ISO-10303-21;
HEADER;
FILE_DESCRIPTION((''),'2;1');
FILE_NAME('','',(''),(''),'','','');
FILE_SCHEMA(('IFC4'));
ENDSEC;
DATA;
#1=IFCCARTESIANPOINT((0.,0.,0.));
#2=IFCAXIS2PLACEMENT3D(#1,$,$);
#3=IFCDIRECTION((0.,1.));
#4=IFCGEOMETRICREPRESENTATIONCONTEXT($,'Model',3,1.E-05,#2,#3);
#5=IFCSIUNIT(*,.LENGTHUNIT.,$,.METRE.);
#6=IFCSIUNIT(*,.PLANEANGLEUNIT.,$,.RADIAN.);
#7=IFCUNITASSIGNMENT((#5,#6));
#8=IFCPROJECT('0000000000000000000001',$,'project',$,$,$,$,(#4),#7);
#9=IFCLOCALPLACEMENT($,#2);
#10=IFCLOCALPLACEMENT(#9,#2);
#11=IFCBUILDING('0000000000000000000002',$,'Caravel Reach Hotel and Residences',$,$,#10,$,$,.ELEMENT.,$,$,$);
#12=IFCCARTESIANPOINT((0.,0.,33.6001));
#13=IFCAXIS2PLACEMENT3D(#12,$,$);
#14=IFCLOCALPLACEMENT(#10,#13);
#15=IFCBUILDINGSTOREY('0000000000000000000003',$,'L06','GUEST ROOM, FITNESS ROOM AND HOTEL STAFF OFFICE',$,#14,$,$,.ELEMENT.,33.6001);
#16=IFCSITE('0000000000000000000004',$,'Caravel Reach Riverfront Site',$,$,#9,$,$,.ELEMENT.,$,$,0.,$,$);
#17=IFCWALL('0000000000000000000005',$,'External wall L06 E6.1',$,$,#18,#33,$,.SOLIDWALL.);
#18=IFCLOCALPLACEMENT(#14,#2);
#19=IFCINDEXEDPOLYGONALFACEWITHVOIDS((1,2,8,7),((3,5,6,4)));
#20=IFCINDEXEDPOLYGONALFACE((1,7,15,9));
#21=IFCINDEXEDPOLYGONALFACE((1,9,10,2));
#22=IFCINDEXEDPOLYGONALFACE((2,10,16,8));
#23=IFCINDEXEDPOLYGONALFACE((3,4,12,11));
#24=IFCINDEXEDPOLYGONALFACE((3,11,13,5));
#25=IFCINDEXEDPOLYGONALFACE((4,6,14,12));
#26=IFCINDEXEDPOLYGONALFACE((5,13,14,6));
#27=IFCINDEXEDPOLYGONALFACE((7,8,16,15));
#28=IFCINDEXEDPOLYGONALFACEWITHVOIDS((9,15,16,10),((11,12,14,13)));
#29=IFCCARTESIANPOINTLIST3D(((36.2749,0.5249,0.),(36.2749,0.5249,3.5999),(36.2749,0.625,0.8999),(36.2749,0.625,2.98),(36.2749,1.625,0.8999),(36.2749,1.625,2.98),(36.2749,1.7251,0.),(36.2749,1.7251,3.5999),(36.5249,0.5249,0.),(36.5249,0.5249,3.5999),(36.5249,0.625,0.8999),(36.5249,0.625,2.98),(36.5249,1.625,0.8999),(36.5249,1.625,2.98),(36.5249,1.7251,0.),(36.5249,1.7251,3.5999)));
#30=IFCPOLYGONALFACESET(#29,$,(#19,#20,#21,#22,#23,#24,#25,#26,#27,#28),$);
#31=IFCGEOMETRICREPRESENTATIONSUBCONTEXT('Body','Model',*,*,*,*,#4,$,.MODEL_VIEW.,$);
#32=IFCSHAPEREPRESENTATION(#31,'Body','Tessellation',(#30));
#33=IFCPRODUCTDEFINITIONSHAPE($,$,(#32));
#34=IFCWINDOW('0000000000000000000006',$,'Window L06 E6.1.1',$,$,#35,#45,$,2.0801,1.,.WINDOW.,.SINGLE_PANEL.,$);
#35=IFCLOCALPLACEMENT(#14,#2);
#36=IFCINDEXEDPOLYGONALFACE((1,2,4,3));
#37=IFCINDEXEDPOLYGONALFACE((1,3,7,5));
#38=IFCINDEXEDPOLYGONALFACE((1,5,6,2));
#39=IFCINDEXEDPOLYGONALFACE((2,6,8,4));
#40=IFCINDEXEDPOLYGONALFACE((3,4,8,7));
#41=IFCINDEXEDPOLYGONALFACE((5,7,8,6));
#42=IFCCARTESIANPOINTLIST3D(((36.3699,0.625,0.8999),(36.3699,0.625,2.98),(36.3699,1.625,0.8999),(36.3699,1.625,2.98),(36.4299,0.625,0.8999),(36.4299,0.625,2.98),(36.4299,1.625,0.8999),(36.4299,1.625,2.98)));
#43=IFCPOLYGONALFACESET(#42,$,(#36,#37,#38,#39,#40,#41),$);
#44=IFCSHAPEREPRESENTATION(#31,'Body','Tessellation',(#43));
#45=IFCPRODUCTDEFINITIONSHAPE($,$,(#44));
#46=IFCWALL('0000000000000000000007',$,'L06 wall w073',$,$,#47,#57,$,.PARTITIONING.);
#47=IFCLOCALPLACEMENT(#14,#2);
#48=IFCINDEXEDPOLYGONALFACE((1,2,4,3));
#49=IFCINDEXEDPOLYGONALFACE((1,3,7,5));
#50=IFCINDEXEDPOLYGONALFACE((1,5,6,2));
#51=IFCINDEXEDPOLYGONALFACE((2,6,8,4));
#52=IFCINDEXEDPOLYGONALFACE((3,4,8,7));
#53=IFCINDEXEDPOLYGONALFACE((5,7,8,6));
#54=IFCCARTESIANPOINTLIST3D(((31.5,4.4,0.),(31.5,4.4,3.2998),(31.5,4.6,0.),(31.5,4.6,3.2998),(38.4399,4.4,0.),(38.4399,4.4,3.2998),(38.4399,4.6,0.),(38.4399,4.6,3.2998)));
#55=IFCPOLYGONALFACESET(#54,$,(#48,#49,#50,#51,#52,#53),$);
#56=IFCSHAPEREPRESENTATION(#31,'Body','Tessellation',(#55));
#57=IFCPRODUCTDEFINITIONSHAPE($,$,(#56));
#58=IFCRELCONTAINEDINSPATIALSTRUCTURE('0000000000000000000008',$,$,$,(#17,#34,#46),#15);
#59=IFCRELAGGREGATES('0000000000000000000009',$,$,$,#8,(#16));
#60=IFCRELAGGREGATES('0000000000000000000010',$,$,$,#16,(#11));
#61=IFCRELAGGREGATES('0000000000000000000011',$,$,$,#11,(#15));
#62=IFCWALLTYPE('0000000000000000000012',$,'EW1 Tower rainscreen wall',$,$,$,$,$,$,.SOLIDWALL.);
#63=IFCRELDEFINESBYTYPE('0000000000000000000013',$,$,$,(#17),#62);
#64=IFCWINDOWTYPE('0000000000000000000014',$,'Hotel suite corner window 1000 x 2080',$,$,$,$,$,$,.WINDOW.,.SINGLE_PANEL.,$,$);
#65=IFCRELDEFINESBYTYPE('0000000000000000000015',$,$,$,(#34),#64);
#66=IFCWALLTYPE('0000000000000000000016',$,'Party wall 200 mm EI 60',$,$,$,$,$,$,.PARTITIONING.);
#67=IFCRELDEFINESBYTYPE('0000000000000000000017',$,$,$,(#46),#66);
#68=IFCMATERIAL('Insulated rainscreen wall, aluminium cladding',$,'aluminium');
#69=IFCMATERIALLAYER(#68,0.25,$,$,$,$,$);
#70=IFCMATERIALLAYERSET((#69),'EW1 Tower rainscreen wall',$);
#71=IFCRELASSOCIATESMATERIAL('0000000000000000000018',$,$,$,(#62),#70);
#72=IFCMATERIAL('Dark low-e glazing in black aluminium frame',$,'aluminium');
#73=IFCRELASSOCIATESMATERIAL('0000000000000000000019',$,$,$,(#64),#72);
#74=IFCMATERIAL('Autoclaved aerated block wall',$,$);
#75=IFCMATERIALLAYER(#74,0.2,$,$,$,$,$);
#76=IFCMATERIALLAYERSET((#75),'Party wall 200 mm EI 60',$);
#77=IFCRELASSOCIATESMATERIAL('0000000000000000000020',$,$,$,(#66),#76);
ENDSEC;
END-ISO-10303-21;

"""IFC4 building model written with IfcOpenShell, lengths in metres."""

from ifc_helpers import new_model, si_unit, direction, frame, frame_2d, origin, place, context, subcontext, project, spatial, rectangle, extrude, material, layer, layer_set, type_object, element, fill, save


model = new_model("IFC4")

# Units and contexts
model_context = context("Model", 3, precision=1e-05, world=origin(), true_north=direction((0.0, 1.0)))
body_context = subcontext(model_context, "Body", "Model", "MODEL_VIEW")
ifc_project = project(units=[si_unit("LENGTHUNIT", "METRE"), si_unit("PLANEANGLEUNIT", "RADIAN")], contexts=[model_context])

# Site, building, storey
site_placement = place(None, origin())
site = spatial("IfcSite", under=ifc_project, at=site_placement, Name="Caravel Reach Riverfront Site", CompositionType="ELEMENT", RefElevation=0.0)
building_placement = place(site_placement, origin())
building = spatial("IfcBuilding", under=site, at=building_placement, Name="Caravel Reach Hotel and Residences", CompositionType="ELEMENT")
storey_placement = place(building_placement, frame((0.0, 0.0, 33.6001)))
storey = spatial("IfcBuildingStorey", under=building, at=storey_placement, Name="L06", Description="GUEST ROOM, FITNESS ROOM AND HOTEL STAFF OFFICE", CompositionType="ELEMENT", Elevation=33.6001)

# Shared definitions
ifc_material_1 = material(Name="Insulated rainscreen wall, aluminium cladding", Category="aluminium")
ifc_layer_1 = layer(ifc_material_1, 0.25)
ifc_layer_set_1 = layer_set([ifc_layer_1], Name="EW1 Tower rainscreen wall")
wall_type_1 = type_object("IfcWallType", Name="EW1 Tower rainscreen wall", PredefinedType="SOLIDWALL", material=ifc_layer_set_1)

# Wall, opening, window
wall_1_placement = place(storey_placement, frame((36.3999, 0.5249, 0.0), z_axis=(0.0, 0.0, 1.0), x_axis=(0.0, 1.0, 0.0)))
wall_1 = element("IfcWall", 1, at=wall_1_placement, inside=storey, type_object=wall_type_1, Name="External wall L06 E6.1", PredefinedType="SOLIDWALL", context=body_context, shape_type="SweptSolid", body=[
    extrude(rectangle(XDim=1.2002, YDim=0.25, at=frame_2d((0.6001, 0.0))), origin(), (0.0, 0.0, 1.0), 3.5999),
])
opening_1_placement = place(wall_1_placement, frame((0.1001, 0.0, 0.8999)))
opening_1 = element("IfcOpeningElement", 2, at=opening_1_placement, cuts=wall_1, PredefinedType="OPENING", context=body_context, shape_type="SweptSolid", body=[
    extrude(rectangle(XDim=1.0, YDim=2.0801, at=frame_2d((0.5, 1.04))), frame((0.0, 0.135, 0.0), z_axis=(0.0, -1.0, 0.0), x_axis=(1.0, 0.0, 0.0)), (0.0, 0.0, 1.0), 0.27),
])
ifc_material_2 = material(Name="Dark low-e glazing in black aluminium frame", Category="aluminium")
window_type_1 = type_object("IfcWindowType", Name="Hotel suite corner window 1000 x 2080", PartitioningType="SINGLE_PANEL", PredefinedType="WINDOW", material=ifc_material_2)
window_1_placement = place(opening_1_placement, origin())
window_1 = element("IfcWindow", 3, at=window_1_placement, inside=storey, type_object=window_type_1, Name="Window L06 E6.1.1", OverallHeight=2.0801, OverallWidth=1.0, PartitioningType="SINGLE_PANEL", PredefinedType="WINDOW", context=body_context, shape_type="SweptSolid", body=[
    extrude(rectangle(XDim=1.0, YDim=2.0801, at=frame_2d((0.5, 1.04))), frame((0.0, 0.03, 0.0), z_axis=(0.0, -1.0, 0.0), x_axis=(1.0, 0.0, 0.0)), (0.0, 0.0, 1.0), 0.0601),
])
fill(opening_1, window_1)

# Wall
ifc_material_3 = material(Name="Autoclaved aerated block wall")
ifc_layer_2 = layer(ifc_material_3, 0.2)
ifc_layer_set_2 = layer_set([ifc_layer_2], Name="Party wall 200 mm EI 60")
wall_type_2 = type_object("IfcWallType", Name="Party wall 200 mm EI 60", PredefinedType="PARTITIONING", material=ifc_layer_set_2)
wall_2_placement = place(storey_placement, frame((31.5, 4.5, 0.0), z_axis=(0.0, 0.0, 1.0), x_axis=(1.0, 0.0, 0.0)))
element("IfcWall", 4, at=wall_2_placement, inside=storey, type_object=wall_type_2, Name="L06 wall w073", PredefinedType="PARTITIONING", context=body_context, shape_type="SweptSolid", body=[
    extrude(rectangle(XDim=6.9399, YDim=0.2, at=frame_2d((3.47, 0.0))), origin(), (0.0, 0.0, 1.0), 3.2998),
])

save(model, "model.ifc")
